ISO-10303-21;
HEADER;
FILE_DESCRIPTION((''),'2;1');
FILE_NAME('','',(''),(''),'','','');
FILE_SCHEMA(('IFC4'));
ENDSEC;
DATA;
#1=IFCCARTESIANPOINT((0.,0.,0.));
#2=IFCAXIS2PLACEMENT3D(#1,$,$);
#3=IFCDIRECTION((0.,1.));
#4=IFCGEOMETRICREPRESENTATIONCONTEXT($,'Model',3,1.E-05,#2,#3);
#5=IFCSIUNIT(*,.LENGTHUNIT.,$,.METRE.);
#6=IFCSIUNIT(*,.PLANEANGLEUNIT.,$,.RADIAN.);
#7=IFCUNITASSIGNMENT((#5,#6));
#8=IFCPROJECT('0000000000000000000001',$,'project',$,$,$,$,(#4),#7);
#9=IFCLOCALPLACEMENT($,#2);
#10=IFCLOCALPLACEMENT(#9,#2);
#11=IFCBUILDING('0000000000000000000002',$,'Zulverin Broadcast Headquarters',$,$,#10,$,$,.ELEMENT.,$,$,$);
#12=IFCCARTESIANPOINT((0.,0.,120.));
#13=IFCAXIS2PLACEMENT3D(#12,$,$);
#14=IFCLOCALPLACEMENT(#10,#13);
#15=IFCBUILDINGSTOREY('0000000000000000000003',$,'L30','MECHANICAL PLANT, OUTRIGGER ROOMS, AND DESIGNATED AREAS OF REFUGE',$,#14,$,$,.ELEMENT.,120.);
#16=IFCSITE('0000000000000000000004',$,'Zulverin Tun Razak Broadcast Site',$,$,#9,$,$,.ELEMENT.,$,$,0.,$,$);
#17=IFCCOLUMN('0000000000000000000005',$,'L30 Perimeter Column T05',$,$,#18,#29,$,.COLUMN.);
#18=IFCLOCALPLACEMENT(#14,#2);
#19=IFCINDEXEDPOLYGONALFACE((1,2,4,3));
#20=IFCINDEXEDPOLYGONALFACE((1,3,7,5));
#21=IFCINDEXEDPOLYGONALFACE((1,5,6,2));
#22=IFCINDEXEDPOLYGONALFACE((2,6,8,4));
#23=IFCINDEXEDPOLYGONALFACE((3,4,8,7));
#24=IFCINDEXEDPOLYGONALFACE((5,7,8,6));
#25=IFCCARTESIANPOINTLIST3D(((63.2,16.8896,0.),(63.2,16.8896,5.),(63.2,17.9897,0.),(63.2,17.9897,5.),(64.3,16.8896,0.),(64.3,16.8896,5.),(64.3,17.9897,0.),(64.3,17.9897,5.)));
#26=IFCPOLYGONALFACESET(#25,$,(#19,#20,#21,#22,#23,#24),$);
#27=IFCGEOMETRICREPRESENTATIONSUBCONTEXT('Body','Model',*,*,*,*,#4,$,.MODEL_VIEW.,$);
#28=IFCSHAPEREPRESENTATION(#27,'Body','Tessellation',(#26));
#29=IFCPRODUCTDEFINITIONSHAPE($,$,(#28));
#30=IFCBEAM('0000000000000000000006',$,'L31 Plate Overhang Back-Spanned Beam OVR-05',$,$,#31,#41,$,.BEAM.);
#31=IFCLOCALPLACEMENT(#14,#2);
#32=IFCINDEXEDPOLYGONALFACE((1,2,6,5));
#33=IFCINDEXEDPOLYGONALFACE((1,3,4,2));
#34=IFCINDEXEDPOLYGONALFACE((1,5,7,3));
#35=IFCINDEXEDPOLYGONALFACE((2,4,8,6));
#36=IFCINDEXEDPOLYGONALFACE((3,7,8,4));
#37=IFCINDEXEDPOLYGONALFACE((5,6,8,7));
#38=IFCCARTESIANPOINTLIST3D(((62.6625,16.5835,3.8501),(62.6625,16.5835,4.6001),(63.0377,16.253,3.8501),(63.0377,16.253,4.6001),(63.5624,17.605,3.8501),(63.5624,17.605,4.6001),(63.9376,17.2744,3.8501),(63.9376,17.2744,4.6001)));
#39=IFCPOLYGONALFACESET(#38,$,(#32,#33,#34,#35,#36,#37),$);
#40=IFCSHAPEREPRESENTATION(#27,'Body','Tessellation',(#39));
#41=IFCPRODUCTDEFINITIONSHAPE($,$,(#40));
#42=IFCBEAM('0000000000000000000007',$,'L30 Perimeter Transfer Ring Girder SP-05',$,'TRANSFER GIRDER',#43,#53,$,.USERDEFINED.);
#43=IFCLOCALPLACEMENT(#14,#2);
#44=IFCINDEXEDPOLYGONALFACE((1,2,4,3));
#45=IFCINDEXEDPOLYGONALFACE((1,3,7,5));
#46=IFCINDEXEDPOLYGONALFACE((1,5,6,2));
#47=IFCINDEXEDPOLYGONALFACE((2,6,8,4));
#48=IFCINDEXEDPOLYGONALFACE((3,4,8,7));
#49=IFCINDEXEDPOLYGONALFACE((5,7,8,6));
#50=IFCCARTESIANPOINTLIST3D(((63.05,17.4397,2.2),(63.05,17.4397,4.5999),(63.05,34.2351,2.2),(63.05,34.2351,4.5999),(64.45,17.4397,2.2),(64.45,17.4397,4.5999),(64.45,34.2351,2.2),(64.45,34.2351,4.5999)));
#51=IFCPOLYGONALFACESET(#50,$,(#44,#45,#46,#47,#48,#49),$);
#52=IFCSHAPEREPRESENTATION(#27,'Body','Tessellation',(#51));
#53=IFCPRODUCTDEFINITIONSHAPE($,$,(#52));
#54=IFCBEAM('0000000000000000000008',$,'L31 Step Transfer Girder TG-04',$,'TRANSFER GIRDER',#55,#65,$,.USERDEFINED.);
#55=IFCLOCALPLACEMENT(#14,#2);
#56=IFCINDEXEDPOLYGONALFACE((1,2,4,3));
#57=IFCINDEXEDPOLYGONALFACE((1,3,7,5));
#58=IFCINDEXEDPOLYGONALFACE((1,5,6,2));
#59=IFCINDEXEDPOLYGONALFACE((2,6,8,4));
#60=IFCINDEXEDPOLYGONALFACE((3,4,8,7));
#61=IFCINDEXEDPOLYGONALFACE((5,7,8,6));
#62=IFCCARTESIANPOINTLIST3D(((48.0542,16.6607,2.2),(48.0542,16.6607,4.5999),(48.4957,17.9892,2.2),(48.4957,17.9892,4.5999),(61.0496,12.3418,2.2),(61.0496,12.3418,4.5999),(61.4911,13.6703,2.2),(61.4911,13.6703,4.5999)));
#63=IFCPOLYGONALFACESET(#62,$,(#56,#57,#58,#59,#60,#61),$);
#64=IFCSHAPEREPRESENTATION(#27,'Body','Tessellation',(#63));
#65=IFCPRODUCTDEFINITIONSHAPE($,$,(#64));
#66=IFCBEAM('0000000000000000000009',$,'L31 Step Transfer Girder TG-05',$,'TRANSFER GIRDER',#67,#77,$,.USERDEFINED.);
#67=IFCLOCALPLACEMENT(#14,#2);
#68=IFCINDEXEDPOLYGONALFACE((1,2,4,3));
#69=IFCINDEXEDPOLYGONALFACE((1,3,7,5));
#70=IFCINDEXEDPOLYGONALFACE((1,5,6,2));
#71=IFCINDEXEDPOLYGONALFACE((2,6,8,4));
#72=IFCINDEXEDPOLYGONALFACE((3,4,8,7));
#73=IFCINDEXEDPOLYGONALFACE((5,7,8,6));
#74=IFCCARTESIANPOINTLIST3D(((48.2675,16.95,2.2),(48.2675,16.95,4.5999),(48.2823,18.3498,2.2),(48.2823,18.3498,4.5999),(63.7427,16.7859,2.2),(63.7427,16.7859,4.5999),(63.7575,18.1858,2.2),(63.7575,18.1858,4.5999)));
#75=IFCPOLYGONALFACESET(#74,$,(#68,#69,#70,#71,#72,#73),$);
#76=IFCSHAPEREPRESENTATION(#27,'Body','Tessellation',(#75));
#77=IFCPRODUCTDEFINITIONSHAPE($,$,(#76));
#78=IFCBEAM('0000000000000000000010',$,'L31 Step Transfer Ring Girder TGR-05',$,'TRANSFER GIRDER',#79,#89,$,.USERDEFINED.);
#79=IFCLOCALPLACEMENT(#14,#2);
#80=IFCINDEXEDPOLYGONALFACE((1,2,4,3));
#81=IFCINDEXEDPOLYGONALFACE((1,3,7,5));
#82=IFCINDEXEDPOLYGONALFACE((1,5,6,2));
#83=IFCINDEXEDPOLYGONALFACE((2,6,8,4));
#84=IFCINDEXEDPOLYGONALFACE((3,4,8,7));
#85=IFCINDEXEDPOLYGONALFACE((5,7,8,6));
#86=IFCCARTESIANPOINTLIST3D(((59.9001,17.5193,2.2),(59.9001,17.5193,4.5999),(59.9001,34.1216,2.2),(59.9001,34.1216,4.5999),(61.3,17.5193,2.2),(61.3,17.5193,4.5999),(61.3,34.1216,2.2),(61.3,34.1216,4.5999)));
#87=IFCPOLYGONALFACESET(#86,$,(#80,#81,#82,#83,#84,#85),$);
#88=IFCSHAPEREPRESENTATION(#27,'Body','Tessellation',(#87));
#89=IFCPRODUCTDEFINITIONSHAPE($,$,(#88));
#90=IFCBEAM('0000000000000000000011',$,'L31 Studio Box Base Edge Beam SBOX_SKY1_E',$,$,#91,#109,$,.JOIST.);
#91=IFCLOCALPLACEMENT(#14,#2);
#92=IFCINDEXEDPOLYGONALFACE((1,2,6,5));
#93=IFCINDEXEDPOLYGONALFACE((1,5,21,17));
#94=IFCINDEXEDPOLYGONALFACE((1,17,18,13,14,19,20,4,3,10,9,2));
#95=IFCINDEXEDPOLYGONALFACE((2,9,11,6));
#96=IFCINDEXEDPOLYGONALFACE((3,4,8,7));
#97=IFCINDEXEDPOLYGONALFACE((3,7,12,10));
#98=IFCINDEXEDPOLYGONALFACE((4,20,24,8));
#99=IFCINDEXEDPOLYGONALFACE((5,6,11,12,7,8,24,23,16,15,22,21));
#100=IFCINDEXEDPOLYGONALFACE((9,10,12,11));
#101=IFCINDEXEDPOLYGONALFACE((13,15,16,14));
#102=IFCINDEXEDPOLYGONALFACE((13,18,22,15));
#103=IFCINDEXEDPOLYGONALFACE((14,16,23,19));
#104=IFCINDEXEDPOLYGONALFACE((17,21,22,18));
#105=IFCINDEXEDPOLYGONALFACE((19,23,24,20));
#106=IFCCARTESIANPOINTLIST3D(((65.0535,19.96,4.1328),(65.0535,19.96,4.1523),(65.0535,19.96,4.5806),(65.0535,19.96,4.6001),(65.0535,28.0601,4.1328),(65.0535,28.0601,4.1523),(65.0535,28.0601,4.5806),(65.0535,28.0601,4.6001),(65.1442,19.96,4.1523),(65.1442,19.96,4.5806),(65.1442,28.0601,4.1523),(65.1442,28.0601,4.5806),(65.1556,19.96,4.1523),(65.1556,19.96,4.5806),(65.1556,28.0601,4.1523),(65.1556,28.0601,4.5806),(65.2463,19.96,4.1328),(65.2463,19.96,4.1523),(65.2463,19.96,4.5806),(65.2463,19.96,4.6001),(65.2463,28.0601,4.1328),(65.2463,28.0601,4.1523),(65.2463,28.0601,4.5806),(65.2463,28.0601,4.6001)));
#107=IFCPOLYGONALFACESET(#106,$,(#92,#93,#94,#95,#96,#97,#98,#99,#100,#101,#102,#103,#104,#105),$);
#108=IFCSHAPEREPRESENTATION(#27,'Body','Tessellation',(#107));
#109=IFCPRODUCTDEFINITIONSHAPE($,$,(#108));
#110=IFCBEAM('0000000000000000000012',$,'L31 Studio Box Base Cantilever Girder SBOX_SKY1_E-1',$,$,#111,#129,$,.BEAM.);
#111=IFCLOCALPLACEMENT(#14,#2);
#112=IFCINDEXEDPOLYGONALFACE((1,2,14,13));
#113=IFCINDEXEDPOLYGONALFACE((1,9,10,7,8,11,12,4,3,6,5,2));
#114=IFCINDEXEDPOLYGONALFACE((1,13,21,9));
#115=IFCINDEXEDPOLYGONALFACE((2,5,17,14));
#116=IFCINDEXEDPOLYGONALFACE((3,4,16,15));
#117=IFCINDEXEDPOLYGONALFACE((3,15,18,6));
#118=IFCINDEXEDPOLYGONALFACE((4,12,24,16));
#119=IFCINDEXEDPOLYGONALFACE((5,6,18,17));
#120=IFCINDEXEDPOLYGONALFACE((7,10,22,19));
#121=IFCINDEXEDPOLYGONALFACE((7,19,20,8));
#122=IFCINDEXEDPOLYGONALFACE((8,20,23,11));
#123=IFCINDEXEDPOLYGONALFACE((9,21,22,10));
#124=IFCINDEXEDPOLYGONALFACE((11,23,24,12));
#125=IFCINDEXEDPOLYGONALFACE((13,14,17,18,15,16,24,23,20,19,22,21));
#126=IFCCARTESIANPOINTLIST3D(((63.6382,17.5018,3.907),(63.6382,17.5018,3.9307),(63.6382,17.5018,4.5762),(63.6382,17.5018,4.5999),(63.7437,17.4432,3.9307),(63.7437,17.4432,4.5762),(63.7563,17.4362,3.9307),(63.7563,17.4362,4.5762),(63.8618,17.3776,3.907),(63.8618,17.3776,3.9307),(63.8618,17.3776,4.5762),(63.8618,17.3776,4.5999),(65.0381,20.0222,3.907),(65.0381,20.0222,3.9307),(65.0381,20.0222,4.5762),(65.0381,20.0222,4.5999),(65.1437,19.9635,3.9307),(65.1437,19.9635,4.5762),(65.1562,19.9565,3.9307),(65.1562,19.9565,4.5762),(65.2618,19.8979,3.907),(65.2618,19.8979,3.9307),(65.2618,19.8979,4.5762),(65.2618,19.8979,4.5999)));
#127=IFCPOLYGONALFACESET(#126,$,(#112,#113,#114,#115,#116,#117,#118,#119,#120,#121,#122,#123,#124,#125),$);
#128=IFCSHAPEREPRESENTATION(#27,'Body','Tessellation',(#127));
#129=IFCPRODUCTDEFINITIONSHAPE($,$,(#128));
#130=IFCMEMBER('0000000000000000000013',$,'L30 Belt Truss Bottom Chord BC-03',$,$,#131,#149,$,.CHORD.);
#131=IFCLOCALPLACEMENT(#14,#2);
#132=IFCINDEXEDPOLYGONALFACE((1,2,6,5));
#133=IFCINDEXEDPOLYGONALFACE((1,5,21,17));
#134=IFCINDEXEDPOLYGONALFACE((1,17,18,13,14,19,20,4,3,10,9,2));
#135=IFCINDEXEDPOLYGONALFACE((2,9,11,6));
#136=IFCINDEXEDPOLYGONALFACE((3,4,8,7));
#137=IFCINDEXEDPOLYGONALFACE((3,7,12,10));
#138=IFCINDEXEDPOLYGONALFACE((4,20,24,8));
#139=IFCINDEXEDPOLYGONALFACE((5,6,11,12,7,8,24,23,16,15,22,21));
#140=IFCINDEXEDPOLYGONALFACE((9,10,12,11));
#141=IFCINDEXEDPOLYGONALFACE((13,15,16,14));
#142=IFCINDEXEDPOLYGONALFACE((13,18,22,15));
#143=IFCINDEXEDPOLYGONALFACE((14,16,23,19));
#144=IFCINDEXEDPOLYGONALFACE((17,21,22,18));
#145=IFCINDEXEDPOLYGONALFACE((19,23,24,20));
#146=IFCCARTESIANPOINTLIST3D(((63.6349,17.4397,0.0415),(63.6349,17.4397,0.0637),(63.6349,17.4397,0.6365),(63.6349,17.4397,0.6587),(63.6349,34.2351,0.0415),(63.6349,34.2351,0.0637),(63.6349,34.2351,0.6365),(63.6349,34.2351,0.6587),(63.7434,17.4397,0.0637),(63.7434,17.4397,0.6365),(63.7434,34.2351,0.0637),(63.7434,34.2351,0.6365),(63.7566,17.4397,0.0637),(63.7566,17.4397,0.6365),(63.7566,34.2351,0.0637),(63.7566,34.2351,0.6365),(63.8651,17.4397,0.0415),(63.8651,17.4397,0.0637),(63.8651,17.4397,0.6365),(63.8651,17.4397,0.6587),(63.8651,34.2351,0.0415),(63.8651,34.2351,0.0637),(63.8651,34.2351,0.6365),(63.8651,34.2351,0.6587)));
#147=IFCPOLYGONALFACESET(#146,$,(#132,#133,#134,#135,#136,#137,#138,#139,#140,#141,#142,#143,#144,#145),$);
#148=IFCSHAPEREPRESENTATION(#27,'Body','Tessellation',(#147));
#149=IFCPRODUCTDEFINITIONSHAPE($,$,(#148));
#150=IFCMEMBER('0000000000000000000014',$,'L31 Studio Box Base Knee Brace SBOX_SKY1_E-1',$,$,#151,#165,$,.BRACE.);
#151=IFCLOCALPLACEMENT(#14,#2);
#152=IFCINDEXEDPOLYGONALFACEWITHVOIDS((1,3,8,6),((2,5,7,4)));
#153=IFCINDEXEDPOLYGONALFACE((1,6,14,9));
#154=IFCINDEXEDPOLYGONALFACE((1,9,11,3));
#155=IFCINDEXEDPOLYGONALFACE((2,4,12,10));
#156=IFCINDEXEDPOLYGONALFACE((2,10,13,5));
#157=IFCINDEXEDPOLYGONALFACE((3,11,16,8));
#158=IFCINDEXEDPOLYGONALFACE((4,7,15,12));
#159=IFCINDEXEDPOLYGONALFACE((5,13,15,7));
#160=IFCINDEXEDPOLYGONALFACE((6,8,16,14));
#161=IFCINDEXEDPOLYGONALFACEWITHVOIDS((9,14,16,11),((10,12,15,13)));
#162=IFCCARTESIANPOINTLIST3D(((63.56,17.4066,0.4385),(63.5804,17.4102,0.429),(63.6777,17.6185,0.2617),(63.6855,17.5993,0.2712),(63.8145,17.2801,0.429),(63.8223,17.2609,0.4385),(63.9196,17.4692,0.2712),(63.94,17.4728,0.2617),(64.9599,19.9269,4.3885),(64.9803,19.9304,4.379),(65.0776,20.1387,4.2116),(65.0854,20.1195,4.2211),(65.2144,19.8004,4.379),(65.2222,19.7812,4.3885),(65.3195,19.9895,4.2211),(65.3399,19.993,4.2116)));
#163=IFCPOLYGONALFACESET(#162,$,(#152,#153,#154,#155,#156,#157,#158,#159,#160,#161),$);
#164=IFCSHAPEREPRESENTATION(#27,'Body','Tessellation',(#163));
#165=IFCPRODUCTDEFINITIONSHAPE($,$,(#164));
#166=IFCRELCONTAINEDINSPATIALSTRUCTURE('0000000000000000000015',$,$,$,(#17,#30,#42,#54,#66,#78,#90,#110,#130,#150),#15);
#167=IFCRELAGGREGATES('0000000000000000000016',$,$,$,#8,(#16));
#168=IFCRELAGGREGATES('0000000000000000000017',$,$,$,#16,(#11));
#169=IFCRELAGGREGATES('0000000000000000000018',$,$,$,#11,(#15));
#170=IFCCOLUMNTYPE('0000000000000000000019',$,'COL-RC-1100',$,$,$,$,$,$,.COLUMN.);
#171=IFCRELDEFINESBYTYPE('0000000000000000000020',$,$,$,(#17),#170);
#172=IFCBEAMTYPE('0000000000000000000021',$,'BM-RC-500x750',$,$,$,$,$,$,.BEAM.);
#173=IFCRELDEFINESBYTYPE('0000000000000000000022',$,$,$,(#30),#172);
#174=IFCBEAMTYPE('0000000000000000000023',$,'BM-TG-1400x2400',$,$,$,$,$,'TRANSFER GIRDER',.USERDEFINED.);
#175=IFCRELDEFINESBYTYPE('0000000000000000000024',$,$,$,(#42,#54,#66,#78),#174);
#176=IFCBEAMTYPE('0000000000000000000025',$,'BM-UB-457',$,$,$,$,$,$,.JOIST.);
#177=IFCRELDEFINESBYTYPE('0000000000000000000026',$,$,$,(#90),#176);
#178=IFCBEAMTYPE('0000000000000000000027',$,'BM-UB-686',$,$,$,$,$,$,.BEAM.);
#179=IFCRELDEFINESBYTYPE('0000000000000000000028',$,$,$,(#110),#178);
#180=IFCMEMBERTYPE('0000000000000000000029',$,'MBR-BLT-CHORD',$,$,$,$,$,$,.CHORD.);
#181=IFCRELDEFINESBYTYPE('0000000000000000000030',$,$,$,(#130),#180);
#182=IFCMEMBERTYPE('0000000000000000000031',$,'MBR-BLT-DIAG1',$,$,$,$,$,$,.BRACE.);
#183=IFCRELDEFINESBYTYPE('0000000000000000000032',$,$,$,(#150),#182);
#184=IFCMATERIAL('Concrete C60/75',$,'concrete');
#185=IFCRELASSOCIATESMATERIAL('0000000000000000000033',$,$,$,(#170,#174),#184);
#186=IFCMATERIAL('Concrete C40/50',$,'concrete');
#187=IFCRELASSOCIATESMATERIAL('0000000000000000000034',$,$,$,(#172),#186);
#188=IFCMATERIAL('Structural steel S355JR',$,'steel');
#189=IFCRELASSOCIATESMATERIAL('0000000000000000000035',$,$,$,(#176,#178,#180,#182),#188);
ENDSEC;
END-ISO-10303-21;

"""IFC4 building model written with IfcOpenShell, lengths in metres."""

from ifc_helpers import new_model, si_unit, direction, frame, origin, origin_2d, place, context, subcontext, project, spatial, rectangle, hollow_rectangle, i_section, extrude, material, material_profile, profile_set, type_object, element, save


model = new_model("IFC4")

# Units and contexts
model_context = context("Model", 3, precision=1e-05, world=origin(), true_north=direction((0.0, 1.0)))
body_context = subcontext(model_context, "Body", "Model", "MODEL_VIEW")
ifc_project = project(units=[si_unit("LENGTHUNIT", "METRE"), si_unit("PLANEANGLEUNIT", "RADIAN")], contexts=[model_context])

# Site, building, storey
site_placement = place(None, origin())
site = spatial("IfcSite", under=ifc_project, at=site_placement, Name="Zulverin Tun Razak Broadcast Site", CompositionType="ELEMENT", RefElevation=0.0)
building_placement = place(site_placement, origin())
building = spatial("IfcBuilding", under=site, at=building_placement, Name="Zulverin Broadcast Headquarters", CompositionType="ELEMENT")
storey_placement = place(building_placement, frame((0.0, 0.0, 120.0)))
storey = spatial("IfcBuildingStorey", under=building, at=storey_placement, Name="L30", Description="MECHANICAL PLANT, OUTRIGGER ROOMS, AND DESIGNATED AREAS OF REFUGE", CompositionType="ELEMENT", Elevation=120.0)

# Column
ifc_material_1 = material(Name="Concrete C60/75", Category="concrete")
ifc_material_profile_1 = material_profile(ifc_material_1, rectangle(XDim=1.1001, YDim=1.1001, at=origin_2d()), Name="Concrete C60/75", Category="concrete")
ifc_profile_set_1 = profile_set([ifc_material_profile_1], Name="Concrete C60/75")
column_type = type_object("IfcColumnType", Name="COL-RC-1100", PredefinedType="COLUMN", material=ifc_profile_set_1)
column_placement = place(storey_placement, frame((63.75, 17.4397, 0.0), z_axis=(0.0, 0.0, 1.0), x_axis=(1.0, 0.0, 0.0)))
element("IfcColumn", 1, at=column_placement, inside=storey, type_object=column_type, Name="L30 Perimeter Column T05", PredefinedType="COLUMN", context=body_context, shape_type="SweptSolid", body=[
    extrude(rectangle(XDim=1.1001, YDim=1.1001, at=origin_2d()), origin(), (0.0, 0.0, 1.0), 5.0),
])

# Beams
ifc_material_2 = material(Name="Concrete C40/50", Category="concrete")
ifc_material_profile_2 = material_profile(ifc_material_2, rectangle(XDim=0.5, YDim=0.75, at=origin_2d()), Name="Concrete C40/50", Category="concrete")
ifc_profile_set_2 = profile_set([ifc_material_profile_2], Name="Concrete C40/50")
beam_type_1 = type_object("IfcBeamType", Name="BM-RC-500x750", PredefinedType="BEAM", material=ifc_profile_set_2)
beam_1_placement = place(storey_placement, frame((63.75, 17.4397, 4.2251), z_axis=(-0.66104, -0.750351, 0.0), x_axis=(0.750351, -0.66104, 0.0)))
element("IfcBeam", 2, at=beam_1_placement, inside=storey, type_object=beam_type_1, Name="L31 Plate Overhang Back-Spanned Beam OVR-05", PredefinedType="BEAM", context=body_context, shape_type="SweptSolid", body=[
    extrude(rectangle(XDim=0.5, YDim=0.75, at=origin_2d()), origin(), (0.0, 0.0, 1.0), 1.3613),
])
ifc_material_profile_3 = material_profile(ifc_material_1, rectangle(XDim=1.3999, YDim=2.3999, at=origin_2d()), Name="Concrete C60/75", Category="concrete")
ifc_profile_set_3 = profile_set([ifc_material_profile_3], Name="Concrete C60/75")
beam_type_2 = type_object("IfcBeamType", Name="BM-TG-1400x2400", ElementType="TRANSFER GIRDER", PredefinedType="USERDEFINED", material=ifc_profile_set_3)
beam_2_placement = place(storey_placement, frame((63.75, 17.4397, 3.3999), z_axis=(0.0, 1.0, 0.0), x_axis=(-1.0, 0.0, 0.0)))
element("IfcBeam", 3, at=beam_2_placement, inside=storey, type_object=beam_type_2, Name="L30 Perimeter Transfer Ring Girder SP-05", ObjectType="TRANSFER GIRDER", PredefinedType="USERDEFINED", context=body_context, shape_type="SweptSolid", body=[
    extrude(rectangle(XDim=1.3999, YDim=2.3999, at=origin_2d()), origin(), (0.0, 0.0, 1.0), 16.7954),
])
beam_3_placement = place(storey_placement, frame((48.2749, 17.325, 3.3999), z_axis=(0.948966, -0.315377, 0.0), x_axis=(0.315377, 0.948966, 0.0)))
element("IfcBeam", 4, at=beam_3_placement, inside=storey, type_object=beam_type_2, Name="L31 Step Transfer Girder TG-04", ObjectType="TRANSFER GIRDER", PredefinedType="USERDEFINED", context=body_context, shape_type="SweptSolid", body=[
    extrude(rectangle(XDim=1.3999, YDim=2.3999, at=origin_2d()), origin(), (0.0, 0.0, 1.0), 13.6943),
])
beam_4_placement = place(storey_placement, frame((48.2749, 17.6499, 3.3999), z_axis=(0.999944, -0.010601, 0.0), x_axis=(0.010601, 0.999944, 0.0)))
element("IfcBeam", 5, at=beam_4_placement, inside=storey, type_object=beam_type_2, Name="L31 Step Transfer Girder TG-05", ObjectType="TRANSFER GIRDER", PredefinedType="USERDEFINED", context=body_context, shape_type="SweptSolid", body=[
    extrude(rectangle(XDim=1.3999, YDim=2.3999, at=origin_2d()), origin(), (0.0, 0.0, 1.0), 15.4761),
])
beam_5_placement = place(storey_placement, frame((60.6001, 17.5193, 3.3999), z_axis=(0.0, 1.0, 0.0), x_axis=(-1.0, 0.0, 0.0)))
element("IfcBeam", 6, at=beam_5_placement, inside=storey, type_object=beam_type_2, Name="L31 Step Transfer Ring Girder TGR-05", ObjectType="TRANSFER GIRDER", PredefinedType="USERDEFINED", context=body_context, shape_type="SweptSolid", body=[
    extrude(rectangle(XDim=1.3999, YDim=2.3999, at=origin_2d()), origin(), (0.0, 0.0, 1.0), 16.6023),
])
ifc_material_3 = material(Name="Structural steel S355JR", Category="steel")
ifc_material_profile_4 = material_profile(ifc_material_3, i_section(OverallWidth=0.1929, OverallDepth=0.4673, WebThickness=0.0115, FlangeThickness=0.0195, at=origin_2d()), Name="Structural steel S355JR", Category="steel")
ifc_profile_set_4 = profile_set([ifc_material_profile_4], Name="Structural steel S355JR")
beam_type_3 = type_object("IfcBeamType", Name="BM-UB-457", PredefinedType="JOIST", material=ifc_profile_set_4)
beam_6_placement = place(storey_placement, frame((65.1499, 19.96, 4.3665), z_axis=(0.0, 1.0, 0.0), x_axis=(-1.0, 0.0, 0.0)))
element("IfcBeam", 7, at=beam_6_placement, inside=storey, type_object=beam_type_3, Name="L31 Studio Box Base Edge Beam SBOX_SKY1_E", PredefinedType="JOIST", context=body_context, shape_type="SweptSolid", body=[
    extrude(i_section(OverallWidth=0.1929, OverallDepth=0.4673, WebThickness=0.0115, FlangeThickness=0.0195, at=origin_2d()), origin(), (0.0, 0.0, 1.0), 8.1001),
])
ifc_material_profile_5 = material_profile(ifc_material_3, i_section(OverallWidth=0.2559, OverallDepth=0.6929, WebThickness=0.0144, FlangeThickness=0.0237, at=origin_2d()), Name="Structural steel S355JR", Category="steel")
ifc_profile_set_5 = profile_set([ifc_material_profile_5], Name="Structural steel S355JR")
beam_type_4 = type_object("IfcBeamType", Name="BM-UB-686", PredefinedType="BEAM", material=ifc_profile_set_5)
beam_7_placement = place(storey_placement, frame((63.75, 17.4397, 4.2534), z_axis=(0.485578, 0.874193, 0.0), x_axis=(-0.874193, 0.485578, 0.0)))
element("IfcBeam", 8, at=beam_7_placement, inside=storey, type_object=beam_type_4, Name="L31 Studio Box Base Cantilever Girder SBOX_SKY1_E-1", PredefinedType="BEAM", context=body_context, shape_type="SweptSolid", body=[
    extrude(i_section(OverallWidth=0.2559, OverallDepth=0.6929, WebThickness=0.0144, FlangeThickness=0.0237, at=origin_2d()), origin(), (0.0, 0.0, 1.0), 2.8831),
])

# Members
ifc_material_profile_6 = material_profile(ifc_material_3, i_section(OverallWidth=0.2302, OverallDepth=0.6172, WebThickness=0.0132, FlangeThickness=0.0222, at=origin_2d()), Name="Structural steel S355JR", Category="steel")
ifc_profile_set_6 = profile_set([ifc_material_profile_6], Name="Structural steel S355JR")
member_type_1 = type_object("IfcMemberType", Name="MBR-BLT-CHORD", PredefinedType="CHORD", material=ifc_profile_set_6)
member_1_placement = place(storey_placement, frame((63.75, 17.4397, 0.3501), z_axis=(0.0, 1.0, 0.0), x_axis=(-1.0, 0.0, 0.0)))
element("IfcMember", 9, at=member_1_placement, inside=storey, type_object=member_type_1, Name="L30 Belt Truss Bottom Chord BC-03", PredefinedType="CHORD", context=body_context, shape_type="SweptSolid", body=[
    extrude(i_section(OverallWidth=0.2302, OverallDepth=0.6172, WebThickness=0.0132, FlangeThickness=0.0222, at=origin_2d()), origin(), (0.0, 0.0, 1.0), 16.7954),
])
ifc_material_profile_7 = material_profile(ifc_material_3, hollow_rectangle(XDim=0.3, YDim=0.3, WallThickness=0.0161, at=origin_2d()), Name="Structural steel S355JR", Category="steel")
ifc_profile_set_7 = profile_set([ifc_material_profile_7], Name="Structural steel S355JR")
member_type_2 = type_object("IfcMemberType", Name="MBR-BLT-DIAG1", PredefinedType="BRACE", material=ifc_profile_set_7)
member_2_placement = place(storey_placement, frame((63.75, 17.4397, 0.3501), z_axis=(0.28627, 0.515376, 0.807736), x_axis=(-0.874193, 0.485578, 0.0)))
element("IfcMember", 10, at=member_2_placement, inside=storey, type_object=member_type_2, Name="L31 Studio Box Base Knee Brace SBOX_SKY1_E-1", PredefinedType="BRACE", context=body_context, shape_type="SweptSolid", body=[
    extrude(hollow_rectangle(XDim=0.3, YDim=0.3, WallThickness=0.0161, at=origin_2d()), origin(), (0.0, 0.0, 1.0), 4.8901),
])

save(model, "model.ifc")
